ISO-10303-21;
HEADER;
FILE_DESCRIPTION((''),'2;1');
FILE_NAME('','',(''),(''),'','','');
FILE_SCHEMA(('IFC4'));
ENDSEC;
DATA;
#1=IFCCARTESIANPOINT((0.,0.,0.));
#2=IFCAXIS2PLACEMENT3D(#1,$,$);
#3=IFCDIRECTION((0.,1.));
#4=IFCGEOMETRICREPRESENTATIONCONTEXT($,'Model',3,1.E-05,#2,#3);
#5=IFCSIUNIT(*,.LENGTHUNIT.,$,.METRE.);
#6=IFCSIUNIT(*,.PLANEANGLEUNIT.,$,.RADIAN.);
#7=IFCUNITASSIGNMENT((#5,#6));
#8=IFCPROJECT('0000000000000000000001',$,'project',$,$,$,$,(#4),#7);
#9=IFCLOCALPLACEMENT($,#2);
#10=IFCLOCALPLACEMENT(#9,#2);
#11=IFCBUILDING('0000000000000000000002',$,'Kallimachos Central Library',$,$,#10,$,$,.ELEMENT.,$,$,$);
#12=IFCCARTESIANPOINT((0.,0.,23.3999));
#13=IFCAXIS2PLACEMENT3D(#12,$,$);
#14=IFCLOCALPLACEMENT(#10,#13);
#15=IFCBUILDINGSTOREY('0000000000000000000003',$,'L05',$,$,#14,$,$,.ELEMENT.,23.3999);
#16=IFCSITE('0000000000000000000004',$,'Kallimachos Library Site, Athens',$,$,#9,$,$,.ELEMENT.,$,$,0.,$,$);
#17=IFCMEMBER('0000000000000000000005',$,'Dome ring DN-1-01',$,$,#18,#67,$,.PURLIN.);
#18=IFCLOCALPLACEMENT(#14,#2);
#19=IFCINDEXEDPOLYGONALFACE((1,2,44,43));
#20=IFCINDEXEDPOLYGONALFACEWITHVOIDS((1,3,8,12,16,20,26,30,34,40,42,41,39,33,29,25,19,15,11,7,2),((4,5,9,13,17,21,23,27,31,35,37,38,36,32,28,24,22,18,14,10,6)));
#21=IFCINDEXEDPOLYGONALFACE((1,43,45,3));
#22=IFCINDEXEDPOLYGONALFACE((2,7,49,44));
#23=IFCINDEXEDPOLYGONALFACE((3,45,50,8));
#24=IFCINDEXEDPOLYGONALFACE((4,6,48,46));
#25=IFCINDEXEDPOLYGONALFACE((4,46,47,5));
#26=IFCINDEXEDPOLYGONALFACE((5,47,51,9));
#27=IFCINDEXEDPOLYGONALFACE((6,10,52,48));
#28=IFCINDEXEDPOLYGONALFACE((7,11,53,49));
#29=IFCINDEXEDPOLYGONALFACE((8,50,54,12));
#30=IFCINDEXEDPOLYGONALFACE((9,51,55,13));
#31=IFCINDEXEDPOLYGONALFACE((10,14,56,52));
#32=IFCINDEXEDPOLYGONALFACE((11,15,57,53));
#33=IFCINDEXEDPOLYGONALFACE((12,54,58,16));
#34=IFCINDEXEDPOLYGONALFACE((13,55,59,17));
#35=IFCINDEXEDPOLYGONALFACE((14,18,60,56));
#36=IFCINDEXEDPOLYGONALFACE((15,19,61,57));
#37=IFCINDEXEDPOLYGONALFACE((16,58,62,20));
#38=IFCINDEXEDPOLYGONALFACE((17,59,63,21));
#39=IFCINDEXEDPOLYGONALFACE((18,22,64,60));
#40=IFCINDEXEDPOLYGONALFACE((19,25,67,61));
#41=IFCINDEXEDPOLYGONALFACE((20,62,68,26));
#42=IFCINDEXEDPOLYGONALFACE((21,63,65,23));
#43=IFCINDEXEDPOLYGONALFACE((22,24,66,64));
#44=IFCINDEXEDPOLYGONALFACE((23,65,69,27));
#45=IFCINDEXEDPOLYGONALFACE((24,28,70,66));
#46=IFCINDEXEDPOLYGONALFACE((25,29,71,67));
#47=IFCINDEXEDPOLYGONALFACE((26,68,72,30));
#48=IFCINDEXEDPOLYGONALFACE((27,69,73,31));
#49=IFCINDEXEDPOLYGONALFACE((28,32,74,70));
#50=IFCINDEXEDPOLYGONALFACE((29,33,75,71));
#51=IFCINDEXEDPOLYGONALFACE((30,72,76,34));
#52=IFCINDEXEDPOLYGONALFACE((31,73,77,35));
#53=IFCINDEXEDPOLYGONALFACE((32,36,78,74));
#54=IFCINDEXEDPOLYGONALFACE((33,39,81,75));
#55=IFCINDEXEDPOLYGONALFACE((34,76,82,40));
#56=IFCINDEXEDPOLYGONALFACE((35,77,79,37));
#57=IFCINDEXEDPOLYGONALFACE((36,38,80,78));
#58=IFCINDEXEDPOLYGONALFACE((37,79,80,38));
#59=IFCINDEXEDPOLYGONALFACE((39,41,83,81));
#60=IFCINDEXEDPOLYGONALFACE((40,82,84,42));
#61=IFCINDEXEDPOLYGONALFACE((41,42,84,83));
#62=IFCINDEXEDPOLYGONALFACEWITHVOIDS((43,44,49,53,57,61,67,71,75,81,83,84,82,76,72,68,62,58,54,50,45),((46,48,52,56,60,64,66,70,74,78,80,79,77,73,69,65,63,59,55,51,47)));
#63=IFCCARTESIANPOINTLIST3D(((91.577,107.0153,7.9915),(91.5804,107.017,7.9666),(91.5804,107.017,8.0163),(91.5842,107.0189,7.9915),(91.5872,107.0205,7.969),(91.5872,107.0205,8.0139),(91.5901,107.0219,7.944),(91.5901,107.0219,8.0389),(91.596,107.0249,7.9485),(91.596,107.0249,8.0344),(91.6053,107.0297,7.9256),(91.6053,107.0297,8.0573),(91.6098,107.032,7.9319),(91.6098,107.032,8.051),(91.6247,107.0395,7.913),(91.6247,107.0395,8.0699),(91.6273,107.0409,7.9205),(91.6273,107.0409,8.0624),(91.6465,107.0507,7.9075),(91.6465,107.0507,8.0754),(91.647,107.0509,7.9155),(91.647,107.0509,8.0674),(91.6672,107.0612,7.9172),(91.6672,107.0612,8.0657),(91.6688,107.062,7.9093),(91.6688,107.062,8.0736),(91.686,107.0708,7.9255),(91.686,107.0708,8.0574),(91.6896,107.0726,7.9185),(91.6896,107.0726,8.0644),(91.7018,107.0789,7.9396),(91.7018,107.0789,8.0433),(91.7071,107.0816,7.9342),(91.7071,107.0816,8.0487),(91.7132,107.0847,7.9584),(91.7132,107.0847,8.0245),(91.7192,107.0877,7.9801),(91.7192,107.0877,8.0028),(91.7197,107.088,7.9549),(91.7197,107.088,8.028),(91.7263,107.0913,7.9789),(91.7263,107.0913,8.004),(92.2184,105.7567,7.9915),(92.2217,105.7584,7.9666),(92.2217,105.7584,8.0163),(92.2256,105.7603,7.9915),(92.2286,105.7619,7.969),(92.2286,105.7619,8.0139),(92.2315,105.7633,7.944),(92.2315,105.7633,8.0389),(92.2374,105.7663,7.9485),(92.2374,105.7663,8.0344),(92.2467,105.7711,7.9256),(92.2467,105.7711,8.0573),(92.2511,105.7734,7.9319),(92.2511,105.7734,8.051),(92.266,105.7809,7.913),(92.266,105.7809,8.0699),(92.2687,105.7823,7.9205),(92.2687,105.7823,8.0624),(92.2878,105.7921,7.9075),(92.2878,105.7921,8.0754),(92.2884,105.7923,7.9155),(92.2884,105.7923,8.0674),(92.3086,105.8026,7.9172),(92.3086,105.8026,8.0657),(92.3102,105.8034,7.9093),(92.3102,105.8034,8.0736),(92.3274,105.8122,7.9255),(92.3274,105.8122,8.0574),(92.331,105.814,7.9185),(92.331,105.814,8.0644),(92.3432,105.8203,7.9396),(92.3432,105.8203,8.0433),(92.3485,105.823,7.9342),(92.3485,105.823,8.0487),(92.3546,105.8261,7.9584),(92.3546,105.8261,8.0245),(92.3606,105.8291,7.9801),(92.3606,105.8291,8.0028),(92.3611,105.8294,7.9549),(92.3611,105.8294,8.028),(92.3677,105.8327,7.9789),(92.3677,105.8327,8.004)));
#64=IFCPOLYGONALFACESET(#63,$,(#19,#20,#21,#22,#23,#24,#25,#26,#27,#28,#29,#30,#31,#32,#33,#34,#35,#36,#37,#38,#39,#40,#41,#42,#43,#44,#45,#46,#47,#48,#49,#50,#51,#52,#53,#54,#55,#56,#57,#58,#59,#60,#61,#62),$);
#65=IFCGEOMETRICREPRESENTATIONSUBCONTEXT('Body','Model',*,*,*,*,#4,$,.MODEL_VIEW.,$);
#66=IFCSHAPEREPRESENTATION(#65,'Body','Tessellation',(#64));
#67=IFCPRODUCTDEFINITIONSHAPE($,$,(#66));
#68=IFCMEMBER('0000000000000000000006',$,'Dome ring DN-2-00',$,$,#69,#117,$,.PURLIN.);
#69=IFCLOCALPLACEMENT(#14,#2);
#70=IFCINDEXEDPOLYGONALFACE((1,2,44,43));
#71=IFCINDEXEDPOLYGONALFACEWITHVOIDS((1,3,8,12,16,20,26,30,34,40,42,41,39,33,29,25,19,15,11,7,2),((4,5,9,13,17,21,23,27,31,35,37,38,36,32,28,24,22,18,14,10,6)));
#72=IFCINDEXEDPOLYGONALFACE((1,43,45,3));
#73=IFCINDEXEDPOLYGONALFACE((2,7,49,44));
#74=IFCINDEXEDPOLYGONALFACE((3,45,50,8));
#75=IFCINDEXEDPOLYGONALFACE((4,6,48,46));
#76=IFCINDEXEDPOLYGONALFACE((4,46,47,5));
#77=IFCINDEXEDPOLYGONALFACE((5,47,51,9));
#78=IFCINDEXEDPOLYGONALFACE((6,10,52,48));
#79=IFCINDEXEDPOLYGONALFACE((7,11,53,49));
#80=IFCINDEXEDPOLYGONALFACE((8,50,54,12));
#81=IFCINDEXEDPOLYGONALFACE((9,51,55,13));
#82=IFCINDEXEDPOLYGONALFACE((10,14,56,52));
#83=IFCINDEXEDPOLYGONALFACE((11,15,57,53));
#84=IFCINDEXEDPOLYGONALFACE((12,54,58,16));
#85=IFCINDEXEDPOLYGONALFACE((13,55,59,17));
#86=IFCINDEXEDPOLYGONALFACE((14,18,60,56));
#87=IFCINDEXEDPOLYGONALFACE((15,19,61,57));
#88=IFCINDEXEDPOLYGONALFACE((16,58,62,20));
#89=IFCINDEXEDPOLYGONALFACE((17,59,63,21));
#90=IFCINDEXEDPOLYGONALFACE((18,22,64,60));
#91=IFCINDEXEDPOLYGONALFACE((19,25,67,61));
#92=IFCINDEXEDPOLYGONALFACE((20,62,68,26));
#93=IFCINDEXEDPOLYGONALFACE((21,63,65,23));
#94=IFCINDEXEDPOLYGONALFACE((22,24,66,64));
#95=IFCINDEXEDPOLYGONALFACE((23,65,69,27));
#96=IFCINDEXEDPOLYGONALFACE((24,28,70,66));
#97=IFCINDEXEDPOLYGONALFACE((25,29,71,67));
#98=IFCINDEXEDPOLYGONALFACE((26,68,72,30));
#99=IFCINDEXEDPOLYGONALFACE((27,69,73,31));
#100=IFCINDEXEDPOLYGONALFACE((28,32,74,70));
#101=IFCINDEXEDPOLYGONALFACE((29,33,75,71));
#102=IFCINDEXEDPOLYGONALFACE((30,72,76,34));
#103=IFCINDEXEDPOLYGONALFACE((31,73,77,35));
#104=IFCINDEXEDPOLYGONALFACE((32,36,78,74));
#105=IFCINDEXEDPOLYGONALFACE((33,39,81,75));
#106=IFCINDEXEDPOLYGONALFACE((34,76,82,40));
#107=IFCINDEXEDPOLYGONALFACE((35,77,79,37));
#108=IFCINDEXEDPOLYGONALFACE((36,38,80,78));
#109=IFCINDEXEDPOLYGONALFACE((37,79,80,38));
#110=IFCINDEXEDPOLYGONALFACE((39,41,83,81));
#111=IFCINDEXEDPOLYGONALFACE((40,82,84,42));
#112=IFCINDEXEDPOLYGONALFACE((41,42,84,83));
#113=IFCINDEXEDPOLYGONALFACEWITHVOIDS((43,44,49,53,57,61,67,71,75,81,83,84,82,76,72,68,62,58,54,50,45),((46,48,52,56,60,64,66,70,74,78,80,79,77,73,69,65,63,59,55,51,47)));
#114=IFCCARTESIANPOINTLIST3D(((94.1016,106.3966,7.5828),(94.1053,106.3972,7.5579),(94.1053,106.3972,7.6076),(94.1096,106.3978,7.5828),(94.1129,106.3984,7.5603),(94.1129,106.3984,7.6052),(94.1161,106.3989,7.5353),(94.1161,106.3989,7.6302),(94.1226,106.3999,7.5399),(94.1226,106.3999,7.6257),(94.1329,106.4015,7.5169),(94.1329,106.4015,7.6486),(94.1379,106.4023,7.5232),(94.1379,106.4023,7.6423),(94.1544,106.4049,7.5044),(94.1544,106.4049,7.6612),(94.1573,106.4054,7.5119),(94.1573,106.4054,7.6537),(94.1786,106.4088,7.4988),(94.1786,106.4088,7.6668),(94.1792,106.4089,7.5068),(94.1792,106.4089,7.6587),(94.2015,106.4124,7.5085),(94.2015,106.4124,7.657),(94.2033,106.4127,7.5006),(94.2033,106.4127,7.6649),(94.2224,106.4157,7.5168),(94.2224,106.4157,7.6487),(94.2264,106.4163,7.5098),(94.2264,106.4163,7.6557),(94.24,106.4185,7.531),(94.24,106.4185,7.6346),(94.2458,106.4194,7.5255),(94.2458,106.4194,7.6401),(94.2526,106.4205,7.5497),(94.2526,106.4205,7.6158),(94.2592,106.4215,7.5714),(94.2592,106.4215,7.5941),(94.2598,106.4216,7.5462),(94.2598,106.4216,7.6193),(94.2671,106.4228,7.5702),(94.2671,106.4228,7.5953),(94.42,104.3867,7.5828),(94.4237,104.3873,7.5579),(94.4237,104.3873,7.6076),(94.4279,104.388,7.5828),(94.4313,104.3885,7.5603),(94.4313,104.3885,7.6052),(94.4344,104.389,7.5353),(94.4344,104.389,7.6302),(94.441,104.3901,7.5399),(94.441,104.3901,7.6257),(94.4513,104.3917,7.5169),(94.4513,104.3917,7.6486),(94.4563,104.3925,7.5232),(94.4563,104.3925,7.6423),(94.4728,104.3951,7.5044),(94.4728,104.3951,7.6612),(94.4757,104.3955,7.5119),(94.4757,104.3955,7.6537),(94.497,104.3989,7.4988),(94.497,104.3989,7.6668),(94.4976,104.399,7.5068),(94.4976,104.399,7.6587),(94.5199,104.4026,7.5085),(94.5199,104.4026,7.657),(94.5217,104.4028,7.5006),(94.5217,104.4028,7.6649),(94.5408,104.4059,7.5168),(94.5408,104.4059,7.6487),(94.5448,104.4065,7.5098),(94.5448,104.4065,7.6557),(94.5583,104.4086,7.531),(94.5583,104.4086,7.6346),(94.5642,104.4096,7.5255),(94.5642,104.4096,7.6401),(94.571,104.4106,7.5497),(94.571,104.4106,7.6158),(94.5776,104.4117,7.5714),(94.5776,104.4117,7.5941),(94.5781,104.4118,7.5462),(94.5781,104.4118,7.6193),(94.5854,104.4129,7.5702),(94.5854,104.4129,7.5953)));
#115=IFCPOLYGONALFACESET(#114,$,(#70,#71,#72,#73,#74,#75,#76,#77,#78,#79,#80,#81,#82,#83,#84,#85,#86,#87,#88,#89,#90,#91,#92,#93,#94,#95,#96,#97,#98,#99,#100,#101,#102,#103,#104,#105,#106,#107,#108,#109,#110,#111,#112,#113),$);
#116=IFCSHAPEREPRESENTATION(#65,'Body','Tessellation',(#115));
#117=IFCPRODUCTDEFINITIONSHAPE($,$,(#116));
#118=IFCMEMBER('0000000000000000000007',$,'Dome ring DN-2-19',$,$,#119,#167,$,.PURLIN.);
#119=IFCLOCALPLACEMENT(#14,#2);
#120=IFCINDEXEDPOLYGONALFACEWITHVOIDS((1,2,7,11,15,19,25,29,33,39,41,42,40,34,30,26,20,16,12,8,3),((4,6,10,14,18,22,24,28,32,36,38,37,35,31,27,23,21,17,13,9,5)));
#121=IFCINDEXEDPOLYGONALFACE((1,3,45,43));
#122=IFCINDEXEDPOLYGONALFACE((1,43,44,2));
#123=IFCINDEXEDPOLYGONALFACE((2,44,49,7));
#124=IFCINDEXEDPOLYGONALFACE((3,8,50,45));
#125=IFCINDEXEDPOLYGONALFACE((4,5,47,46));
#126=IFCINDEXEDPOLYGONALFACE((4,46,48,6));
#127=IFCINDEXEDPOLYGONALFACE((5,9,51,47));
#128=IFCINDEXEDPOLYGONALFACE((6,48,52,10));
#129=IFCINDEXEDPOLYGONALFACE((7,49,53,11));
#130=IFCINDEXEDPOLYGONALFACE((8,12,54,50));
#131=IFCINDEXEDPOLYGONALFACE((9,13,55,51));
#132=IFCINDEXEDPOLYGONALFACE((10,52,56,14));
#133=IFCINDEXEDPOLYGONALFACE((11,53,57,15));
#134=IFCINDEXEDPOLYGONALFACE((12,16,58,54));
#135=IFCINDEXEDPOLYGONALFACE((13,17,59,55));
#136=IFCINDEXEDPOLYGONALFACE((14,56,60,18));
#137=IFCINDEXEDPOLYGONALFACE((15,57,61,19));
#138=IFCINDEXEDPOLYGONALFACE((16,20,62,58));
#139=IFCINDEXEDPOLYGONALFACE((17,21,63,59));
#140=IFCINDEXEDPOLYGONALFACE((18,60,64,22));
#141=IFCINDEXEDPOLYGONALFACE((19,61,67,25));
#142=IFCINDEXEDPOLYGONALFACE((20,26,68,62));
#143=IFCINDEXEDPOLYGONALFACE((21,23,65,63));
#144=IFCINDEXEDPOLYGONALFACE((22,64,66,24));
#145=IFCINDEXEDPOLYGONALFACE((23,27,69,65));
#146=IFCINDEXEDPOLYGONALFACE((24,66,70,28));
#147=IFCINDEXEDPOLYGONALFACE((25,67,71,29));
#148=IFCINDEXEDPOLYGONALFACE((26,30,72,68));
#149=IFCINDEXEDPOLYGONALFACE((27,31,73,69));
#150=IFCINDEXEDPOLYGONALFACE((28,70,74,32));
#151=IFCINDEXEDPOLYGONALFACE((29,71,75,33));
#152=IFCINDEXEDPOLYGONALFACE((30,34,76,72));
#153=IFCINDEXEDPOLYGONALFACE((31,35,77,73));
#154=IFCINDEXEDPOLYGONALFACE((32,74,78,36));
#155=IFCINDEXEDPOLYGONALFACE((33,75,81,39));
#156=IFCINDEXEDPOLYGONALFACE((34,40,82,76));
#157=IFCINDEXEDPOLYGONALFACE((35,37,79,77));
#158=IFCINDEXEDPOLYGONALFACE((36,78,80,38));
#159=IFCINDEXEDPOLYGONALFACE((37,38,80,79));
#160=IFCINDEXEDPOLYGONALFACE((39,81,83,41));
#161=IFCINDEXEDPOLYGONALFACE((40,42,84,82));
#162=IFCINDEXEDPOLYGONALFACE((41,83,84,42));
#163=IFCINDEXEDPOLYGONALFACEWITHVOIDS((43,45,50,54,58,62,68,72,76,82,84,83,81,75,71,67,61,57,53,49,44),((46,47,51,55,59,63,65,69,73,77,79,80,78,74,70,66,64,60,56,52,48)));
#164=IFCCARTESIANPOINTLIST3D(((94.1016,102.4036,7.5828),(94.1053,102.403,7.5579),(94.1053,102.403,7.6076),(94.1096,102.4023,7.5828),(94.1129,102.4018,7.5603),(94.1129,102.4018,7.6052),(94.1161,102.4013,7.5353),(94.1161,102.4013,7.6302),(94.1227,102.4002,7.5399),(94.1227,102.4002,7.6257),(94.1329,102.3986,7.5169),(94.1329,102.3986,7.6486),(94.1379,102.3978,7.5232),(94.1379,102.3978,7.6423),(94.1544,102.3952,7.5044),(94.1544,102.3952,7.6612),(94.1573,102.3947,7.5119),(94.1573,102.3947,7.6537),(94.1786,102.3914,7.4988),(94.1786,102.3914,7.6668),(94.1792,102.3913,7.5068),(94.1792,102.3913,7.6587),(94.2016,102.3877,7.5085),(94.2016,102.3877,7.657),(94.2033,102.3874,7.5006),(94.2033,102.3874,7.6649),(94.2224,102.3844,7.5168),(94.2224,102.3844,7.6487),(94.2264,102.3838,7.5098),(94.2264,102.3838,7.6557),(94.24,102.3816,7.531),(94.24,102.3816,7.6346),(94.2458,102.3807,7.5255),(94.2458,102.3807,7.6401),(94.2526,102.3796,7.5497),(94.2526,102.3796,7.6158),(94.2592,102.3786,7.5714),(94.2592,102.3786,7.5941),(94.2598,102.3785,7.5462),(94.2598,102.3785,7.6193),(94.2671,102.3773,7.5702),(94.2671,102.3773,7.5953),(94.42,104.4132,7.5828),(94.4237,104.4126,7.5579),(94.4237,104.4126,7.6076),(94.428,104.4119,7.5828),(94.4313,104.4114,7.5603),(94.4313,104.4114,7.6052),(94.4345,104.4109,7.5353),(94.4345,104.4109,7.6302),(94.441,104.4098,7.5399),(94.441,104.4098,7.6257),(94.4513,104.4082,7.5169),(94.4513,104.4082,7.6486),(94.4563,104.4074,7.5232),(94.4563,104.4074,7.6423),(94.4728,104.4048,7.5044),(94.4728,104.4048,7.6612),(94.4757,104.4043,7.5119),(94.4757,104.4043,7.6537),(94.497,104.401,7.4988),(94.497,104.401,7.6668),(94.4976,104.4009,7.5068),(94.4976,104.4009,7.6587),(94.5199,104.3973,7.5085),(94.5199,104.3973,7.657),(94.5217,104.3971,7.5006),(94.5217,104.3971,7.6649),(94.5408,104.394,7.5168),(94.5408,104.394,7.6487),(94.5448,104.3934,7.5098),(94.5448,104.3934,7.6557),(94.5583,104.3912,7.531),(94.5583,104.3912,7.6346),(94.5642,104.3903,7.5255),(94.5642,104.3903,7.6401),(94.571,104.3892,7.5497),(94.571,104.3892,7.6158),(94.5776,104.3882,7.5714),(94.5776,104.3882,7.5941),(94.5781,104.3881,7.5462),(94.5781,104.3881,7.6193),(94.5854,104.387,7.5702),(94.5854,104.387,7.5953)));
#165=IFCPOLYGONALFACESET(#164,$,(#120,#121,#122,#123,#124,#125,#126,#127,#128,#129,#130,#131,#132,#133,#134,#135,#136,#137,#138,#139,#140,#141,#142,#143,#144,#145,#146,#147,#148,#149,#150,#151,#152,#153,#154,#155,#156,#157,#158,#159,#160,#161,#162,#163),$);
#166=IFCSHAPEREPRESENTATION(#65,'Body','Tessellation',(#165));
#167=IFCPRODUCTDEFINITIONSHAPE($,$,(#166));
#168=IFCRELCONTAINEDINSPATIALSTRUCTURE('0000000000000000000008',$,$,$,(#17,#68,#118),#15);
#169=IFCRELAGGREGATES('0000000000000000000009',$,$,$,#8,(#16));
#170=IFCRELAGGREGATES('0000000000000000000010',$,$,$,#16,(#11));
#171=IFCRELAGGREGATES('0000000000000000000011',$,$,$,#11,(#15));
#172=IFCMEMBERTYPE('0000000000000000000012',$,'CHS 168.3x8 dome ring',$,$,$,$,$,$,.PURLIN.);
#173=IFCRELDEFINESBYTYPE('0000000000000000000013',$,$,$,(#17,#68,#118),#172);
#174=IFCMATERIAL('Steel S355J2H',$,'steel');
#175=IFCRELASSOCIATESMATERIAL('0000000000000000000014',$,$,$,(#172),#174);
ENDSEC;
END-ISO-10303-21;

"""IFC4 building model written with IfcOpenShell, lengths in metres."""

from ifc_helpers import new_model, si_unit, direction, frame, origin, origin_2d, place, context, subcontext, project, spatial, hollow_circle, extrude, material, material_profile, profile_set, type_object, element, save


model = new_model("IFC4")

# Units and contexts
model_context = context("Model", 3, precision=1e-05, world=origin(), true_north=direction((0.0, 1.0)))
body_context = subcontext(model_context, "Body", "Model", "MODEL_VIEW")
ifc_project = project(units=[si_unit("LENGTHUNIT", "METRE"), si_unit("PLANEANGLEUNIT", "RADIAN")], contexts=[model_context])

# Site, building, storey
site_placement = place(None, origin())
site = spatial("IfcSite", under=ifc_project, at=site_placement, Name="Kallimachos Library Site, Athens", CompositionType="ELEMENT", RefElevation=0.0)
building_placement = place(site_placement, origin())
building = spatial("IfcBuilding", under=site, at=building_placement, Name="Kallimachos Central Library", CompositionType="ELEMENT")
storey_placement = place(building_placement, frame((0.0, 0.0, 23.3999)))
storey = spatial("IfcBuildingStorey", under=building, at=storey_placement, Name="L05", CompositionType="ELEMENT", Elevation=23.3999)

# Members
ifc_material_1 = material(Name="Steel S355J2H", Category="steel")
ifc_material_profile_1 = material_profile(ifc_material_1, hollow_circle(Radius=0.0842, WallThickness=0.0081, at=origin_2d()), Name="CHS 168.3x8")
ifc_profile_set_1 = profile_set([ifc_material_profile_1], Name="Steel S355J2H")
member_type_1 = type_object("IfcMemberType", Name="CHS 168.3x8 dome ring", PredefinedType="PURLIN", material=ifc_profile_set_1)
member_1_placement = place(storey_placement, frame((92.2935, 105.7949, 7.9915), z_axis=(-0.454045, 0.890979, 0.0), x_axis=(-0.890979, -0.454045, 0.0)))
element("IfcMember", 1, at=member_1_placement, inside=storey, type_object=member_type_1, Name="Dome ring DN-1-01", PredefinedType="PURLIN", context=body_context, shape_type="SweptSolid", body=[
    extrude(hollow_circle(Radius=0.0842, WallThickness=0.0081, at=origin_2d()), origin(), (0.0, 0.0, 1.0), 1.4126),
])
member_2_placement = place(storey_placement, frame((94.5032, 104.3999, 7.5828), z_axis=(-0.156455, 0.987685, 0.0), x_axis=(-0.987685, -0.156455, 0.0)))
element("IfcMember", 2, at=member_2_placement, inside=storey, type_object=member_type_1, Name="Dome ring DN-2-00", PredefinedType="PURLIN", context=body_context, shape_type="SweptSolid", body=[
    extrude(hollow_circle(Radius=0.0842, WallThickness=0.0081, at=origin_2d()), origin(), (0.0, 0.0, 1.0), 2.0349),
])
member_3_placement = place(storey_placement, frame((94.1848, 102.3904, 7.5828), z_axis=(0.156474, 0.987682, 0.0), x_axis=(-0.987682, 0.156474, 0.0)))
element("IfcMember", 3, at=member_3_placement, inside=storey, type_object=member_type_1, Name="Dome ring DN-2-19", PredefinedType="PURLIN", context=body_context, shape_type="SweptSolid", body=[
    extrude(hollow_circle(Radius=0.0842, WallThickness=0.0081, at=origin_2d()), origin(), (0.0, 0.0, 1.0), 2.0347),
])

save(model, "model.ifc")
